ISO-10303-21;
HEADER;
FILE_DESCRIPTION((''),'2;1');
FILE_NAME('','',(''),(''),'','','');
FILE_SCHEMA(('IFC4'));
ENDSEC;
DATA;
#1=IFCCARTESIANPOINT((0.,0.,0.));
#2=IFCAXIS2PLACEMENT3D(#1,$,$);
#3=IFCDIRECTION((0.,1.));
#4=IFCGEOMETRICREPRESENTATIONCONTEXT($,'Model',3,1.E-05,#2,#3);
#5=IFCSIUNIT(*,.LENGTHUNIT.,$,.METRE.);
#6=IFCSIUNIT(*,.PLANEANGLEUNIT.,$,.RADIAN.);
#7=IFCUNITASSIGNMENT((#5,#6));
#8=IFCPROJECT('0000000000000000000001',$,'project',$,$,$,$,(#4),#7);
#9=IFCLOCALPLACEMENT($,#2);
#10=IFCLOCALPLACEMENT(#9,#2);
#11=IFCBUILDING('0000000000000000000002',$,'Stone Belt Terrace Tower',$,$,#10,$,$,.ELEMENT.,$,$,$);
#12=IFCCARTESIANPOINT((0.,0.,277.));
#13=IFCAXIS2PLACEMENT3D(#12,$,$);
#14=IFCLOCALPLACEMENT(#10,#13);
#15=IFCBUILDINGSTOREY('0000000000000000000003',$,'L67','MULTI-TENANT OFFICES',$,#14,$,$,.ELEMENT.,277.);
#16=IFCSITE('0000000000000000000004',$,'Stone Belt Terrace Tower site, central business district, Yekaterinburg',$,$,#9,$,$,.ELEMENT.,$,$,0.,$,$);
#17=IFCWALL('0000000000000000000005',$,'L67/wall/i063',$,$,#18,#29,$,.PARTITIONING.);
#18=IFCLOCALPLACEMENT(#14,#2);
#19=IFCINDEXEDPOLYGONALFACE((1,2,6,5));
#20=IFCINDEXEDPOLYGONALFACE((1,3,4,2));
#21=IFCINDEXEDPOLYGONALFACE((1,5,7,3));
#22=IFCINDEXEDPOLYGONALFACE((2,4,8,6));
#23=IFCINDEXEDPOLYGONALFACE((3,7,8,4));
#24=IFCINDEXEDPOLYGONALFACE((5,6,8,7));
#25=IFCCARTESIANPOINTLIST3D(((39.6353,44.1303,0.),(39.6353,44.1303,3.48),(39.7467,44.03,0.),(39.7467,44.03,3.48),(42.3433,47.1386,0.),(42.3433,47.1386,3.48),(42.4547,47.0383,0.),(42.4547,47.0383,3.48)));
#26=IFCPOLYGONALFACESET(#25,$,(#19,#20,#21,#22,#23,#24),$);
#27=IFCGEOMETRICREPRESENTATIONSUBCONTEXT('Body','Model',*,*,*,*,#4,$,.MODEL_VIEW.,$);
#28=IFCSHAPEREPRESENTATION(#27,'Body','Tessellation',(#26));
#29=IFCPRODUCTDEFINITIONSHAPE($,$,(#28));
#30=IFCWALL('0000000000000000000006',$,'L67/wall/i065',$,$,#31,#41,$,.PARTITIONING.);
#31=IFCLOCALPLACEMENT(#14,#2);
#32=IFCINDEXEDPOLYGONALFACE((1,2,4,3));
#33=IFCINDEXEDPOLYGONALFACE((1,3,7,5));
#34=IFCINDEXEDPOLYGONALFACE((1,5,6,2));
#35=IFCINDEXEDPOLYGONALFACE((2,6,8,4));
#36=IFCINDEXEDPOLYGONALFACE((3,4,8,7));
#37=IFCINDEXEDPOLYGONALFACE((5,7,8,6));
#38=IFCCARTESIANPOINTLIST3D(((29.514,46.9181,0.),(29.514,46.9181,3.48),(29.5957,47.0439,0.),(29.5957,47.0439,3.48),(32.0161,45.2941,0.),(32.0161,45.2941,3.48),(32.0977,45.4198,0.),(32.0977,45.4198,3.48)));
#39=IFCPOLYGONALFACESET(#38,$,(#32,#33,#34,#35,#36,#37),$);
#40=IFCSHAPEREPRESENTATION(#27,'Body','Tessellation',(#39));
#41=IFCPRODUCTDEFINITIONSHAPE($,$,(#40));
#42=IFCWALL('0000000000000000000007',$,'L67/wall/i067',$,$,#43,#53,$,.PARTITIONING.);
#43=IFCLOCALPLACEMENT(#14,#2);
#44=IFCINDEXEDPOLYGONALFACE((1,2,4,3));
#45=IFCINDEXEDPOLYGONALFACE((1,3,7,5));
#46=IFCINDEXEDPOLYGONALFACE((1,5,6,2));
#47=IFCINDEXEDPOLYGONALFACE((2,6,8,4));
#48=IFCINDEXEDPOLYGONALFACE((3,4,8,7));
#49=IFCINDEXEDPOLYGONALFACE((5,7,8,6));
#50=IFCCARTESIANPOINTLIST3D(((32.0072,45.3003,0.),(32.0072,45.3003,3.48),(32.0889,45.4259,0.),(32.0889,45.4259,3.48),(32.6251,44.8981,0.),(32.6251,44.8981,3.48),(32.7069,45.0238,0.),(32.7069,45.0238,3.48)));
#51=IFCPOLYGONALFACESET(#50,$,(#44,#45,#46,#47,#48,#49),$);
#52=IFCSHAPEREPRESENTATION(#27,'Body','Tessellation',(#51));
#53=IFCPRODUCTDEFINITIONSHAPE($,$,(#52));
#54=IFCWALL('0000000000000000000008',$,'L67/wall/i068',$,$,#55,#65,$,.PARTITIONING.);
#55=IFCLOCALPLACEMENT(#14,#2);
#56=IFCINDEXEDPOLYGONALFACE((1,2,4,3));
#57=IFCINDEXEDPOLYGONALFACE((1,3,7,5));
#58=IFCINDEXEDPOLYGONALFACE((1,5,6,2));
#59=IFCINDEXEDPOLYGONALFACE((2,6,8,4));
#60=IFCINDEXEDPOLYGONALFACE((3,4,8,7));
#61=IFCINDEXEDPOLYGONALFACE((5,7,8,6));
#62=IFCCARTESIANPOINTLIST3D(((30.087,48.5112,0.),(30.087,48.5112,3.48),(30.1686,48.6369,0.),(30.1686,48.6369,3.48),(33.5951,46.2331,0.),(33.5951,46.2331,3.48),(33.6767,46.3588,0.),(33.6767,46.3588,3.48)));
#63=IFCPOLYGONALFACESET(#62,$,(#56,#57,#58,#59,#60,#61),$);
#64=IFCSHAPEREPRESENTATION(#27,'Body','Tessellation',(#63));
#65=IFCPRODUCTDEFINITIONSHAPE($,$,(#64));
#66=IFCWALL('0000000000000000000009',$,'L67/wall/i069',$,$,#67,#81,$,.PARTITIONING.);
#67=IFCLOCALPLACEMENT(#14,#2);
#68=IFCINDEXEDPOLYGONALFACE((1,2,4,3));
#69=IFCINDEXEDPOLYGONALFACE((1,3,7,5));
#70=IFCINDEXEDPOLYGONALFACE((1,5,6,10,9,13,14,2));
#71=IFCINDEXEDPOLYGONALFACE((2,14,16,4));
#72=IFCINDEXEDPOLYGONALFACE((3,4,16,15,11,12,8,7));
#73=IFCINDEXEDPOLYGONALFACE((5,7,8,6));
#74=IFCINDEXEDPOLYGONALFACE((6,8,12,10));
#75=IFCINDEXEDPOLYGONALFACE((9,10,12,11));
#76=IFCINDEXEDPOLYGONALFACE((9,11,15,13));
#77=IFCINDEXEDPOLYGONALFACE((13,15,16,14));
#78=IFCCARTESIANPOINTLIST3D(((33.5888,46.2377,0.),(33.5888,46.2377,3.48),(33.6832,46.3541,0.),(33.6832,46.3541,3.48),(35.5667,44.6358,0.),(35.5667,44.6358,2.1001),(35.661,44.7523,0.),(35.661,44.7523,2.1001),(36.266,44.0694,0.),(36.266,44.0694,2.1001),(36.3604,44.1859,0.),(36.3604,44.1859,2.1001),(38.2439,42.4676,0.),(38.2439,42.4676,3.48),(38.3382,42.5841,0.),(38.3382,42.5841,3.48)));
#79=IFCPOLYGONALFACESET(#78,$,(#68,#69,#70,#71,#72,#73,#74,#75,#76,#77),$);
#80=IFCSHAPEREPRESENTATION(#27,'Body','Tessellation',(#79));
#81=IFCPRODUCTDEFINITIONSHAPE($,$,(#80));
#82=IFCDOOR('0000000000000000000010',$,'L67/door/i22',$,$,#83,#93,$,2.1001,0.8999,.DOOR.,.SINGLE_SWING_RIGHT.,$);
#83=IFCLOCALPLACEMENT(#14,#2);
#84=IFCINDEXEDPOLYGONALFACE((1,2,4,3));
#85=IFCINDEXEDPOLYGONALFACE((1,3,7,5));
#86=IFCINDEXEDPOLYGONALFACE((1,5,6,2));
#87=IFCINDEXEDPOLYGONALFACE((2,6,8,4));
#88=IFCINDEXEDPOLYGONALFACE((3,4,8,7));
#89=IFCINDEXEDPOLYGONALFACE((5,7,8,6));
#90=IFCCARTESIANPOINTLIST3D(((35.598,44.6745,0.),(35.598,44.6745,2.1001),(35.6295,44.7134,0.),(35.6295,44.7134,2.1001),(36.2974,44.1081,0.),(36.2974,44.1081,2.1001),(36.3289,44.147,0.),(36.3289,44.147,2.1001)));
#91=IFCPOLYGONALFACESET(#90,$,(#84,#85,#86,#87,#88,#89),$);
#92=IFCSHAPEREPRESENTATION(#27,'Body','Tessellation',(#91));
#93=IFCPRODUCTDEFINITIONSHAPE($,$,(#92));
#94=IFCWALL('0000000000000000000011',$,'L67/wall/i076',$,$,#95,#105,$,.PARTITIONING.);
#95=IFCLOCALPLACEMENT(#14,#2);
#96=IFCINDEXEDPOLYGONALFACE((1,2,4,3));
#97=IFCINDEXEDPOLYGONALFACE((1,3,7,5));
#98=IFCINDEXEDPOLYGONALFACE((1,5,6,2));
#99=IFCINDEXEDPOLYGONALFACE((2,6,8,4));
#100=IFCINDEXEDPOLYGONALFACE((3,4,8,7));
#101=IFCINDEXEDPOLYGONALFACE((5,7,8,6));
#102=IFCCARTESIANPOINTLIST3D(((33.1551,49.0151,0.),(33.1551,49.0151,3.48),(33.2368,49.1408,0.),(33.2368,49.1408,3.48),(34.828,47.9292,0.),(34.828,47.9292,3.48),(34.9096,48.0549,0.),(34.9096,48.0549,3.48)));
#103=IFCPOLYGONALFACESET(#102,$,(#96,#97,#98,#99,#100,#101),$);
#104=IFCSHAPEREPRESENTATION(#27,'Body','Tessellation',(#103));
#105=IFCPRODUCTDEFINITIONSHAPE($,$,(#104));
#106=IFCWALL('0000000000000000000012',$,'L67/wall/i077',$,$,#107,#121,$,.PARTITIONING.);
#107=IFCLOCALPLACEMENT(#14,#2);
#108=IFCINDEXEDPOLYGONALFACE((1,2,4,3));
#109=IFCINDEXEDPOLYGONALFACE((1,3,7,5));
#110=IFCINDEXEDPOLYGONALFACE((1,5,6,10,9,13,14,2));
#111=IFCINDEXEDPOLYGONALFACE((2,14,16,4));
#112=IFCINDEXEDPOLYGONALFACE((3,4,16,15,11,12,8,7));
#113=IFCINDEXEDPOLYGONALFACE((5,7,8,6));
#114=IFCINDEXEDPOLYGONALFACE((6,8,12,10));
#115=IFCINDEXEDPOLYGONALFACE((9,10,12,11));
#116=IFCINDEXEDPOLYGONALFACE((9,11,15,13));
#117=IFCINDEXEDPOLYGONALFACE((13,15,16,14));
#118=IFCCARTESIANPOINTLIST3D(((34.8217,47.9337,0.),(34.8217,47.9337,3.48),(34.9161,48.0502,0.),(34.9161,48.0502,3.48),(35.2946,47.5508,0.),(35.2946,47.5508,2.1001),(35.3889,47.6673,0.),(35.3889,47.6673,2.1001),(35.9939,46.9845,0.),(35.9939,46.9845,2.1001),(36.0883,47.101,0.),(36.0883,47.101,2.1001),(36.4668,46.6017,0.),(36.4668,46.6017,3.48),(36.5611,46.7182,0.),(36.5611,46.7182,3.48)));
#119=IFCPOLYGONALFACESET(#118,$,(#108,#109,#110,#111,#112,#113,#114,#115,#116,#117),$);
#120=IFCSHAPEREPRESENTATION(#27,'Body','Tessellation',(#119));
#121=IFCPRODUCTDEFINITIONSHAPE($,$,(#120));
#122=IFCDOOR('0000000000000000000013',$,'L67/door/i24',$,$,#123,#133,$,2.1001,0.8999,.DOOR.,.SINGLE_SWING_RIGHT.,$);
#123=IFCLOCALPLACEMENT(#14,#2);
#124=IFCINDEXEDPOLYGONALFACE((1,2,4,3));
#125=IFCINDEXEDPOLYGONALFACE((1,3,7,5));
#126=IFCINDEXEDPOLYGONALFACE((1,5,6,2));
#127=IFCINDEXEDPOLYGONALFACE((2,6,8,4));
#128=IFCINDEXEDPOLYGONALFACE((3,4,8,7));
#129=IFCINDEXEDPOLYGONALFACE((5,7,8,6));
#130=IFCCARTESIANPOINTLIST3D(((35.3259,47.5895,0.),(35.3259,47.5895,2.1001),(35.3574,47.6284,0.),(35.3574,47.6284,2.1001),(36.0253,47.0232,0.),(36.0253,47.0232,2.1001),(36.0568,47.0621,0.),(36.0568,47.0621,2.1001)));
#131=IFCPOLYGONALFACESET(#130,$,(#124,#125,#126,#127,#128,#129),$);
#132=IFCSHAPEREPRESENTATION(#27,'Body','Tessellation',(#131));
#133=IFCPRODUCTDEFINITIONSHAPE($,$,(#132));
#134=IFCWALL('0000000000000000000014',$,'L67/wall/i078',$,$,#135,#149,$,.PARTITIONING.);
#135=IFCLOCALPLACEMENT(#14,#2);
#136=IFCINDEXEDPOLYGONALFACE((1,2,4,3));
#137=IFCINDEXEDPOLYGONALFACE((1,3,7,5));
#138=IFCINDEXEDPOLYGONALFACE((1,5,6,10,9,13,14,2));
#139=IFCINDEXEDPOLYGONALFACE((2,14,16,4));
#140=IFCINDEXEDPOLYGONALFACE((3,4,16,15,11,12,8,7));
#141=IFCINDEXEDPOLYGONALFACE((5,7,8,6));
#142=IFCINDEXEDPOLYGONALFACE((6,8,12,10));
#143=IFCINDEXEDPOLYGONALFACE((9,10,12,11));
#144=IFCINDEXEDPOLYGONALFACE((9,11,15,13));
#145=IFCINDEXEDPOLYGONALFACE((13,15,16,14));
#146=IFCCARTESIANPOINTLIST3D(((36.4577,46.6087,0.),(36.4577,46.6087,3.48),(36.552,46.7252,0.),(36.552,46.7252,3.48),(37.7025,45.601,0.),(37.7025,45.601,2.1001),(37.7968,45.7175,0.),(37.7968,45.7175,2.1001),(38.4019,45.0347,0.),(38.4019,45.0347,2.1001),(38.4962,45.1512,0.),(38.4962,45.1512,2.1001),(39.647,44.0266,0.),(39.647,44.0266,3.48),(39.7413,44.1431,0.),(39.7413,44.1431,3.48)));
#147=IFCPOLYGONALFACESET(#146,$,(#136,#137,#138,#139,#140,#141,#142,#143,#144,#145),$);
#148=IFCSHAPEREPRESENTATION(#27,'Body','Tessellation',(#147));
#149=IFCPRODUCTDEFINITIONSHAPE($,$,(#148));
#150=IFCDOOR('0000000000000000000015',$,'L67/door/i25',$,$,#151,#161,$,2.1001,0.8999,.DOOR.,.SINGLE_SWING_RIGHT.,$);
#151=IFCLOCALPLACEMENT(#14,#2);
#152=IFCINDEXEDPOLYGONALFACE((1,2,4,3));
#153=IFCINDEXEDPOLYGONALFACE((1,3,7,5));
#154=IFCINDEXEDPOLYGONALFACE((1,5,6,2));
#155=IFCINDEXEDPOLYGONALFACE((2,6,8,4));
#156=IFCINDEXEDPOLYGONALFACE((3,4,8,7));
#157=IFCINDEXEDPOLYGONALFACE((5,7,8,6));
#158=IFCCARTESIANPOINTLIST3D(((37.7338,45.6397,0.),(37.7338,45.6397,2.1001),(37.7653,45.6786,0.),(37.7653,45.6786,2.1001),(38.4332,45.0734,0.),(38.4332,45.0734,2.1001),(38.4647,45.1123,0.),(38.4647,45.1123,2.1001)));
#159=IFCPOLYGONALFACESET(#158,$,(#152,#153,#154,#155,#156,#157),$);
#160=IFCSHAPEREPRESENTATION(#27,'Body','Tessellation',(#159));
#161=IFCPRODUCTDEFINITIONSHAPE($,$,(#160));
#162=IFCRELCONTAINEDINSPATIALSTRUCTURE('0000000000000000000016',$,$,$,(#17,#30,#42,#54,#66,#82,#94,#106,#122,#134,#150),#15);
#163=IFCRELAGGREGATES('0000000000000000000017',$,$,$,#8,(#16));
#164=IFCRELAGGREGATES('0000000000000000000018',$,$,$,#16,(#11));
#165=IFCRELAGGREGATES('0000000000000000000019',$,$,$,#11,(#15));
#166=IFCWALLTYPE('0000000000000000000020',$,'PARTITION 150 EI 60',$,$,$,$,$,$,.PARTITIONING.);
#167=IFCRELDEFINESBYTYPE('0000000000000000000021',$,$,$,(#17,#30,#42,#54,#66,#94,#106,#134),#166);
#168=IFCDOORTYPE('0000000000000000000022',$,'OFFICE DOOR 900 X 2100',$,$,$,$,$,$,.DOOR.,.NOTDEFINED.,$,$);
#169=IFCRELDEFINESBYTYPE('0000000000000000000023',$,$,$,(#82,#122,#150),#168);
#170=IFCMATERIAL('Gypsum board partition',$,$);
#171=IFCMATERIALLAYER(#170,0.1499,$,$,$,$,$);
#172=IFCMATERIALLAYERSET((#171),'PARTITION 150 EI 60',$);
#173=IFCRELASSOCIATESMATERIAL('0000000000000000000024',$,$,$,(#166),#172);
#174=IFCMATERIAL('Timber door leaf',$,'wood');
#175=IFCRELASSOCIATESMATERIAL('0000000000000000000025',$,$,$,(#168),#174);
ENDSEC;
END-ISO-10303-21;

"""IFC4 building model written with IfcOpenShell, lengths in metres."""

from ifc_helpers import new_model, si_unit, direction, frame, frame_2d, origin, place, context, subcontext, project, spatial, rectangle, extrude, material, layer, layer_set, type_object, element, fill, save


model = new_model("IFC4")

# Units and contexts
model_context = context("Model", 3, precision=1e-05, world=origin(), true_north=direction((0.0, 1.0)))
body_context = subcontext(model_context, "Body", "Model", "MODEL_VIEW")
ifc_project = project(units=[si_unit("LENGTHUNIT", "METRE"), si_unit("PLANEANGLEUNIT", "RADIAN")], contexts=[model_context])

# Site, building, storey
site_placement = place(None, origin())
site = spatial("IfcSite", under=ifc_project, at=site_placement, Name="Stone Belt Terrace Tower site, central business district, Yekaterinburg", CompositionType="ELEMENT", RefElevation=0.0)
building_placement = place(site_placement, origin())
building = spatial("IfcBuilding", under=site, at=building_placement, Name="Stone Belt Terrace Tower", CompositionType="ELEMENT")
storey_placement = place(building_placement, frame((0.0, 0.0, 277.0)))
storey = spatial("IfcBuildingStorey", under=building, at=storey_placement, Name="L67", Description="MULTI-TENANT OFFICES", CompositionType="ELEMENT", Elevation=277.0)

# Shared definitions
ifc_material_1 = material(Name="Timber door leaf", Category="wood")

# Walls
ifc_material_2 = material(Name="Gypsum board partition")
ifc_layer_1 = layer(ifc_material_2, 0.1499)
ifc_layer_set_1 = layer_set([ifc_layer_1], Name="PARTITION 150 EI 60")
wall_type_1 = type_object("IfcWallType", Name="PARTITION 150 EI 60", PredefinedType="PARTITIONING", material=ifc_layer_set_1)
wall_1_placement = place(storey_placement, frame((39.6909, 44.0801, 0.0), z_axis=(0.0, 0.0, 1.0), x_axis=(0.669038, 0.743228, 0.0)))
element("IfcWall", 1, at=wall_1_placement, inside=storey, type_object=wall_type_1, Name="L67/wall/i063", PredefinedType="PARTITIONING", context=body_context, shape_type="SweptSolid", body=[
    extrude(rectangle(XDim=4.0476, YDim=0.1499, at=frame_2d((2.0239, 0.0))), origin(), (0.0, 0.0, 1.0), 3.48),
])
wall_2_placement = place(storey_placement, frame((32.0569, 45.3569, 0.0), z_axis=(0.0, 0.0, 1.0), x_axis=(-0.838788, 0.544459, 0.0)))
element("IfcWall", 2, at=wall_2_placement, inside=storey, type_object=wall_type_1, Name="L67/wall/i065", PredefinedType="PARTITIONING", context=body_context, shape_type="SweptSolid", body=[
    extrude(rectangle(XDim=2.9829, YDim=0.1499, at=frame_2d((1.4915, 0.0))), origin(), (0.0, 0.0, 1.0), 3.48),
])
wall_3_placement = place(storey_placement, frame((32.666, 44.9609, 0.0), z_axis=(0.0, 0.0, 1.0), x_axis=(-0.838164, 0.545419, 0.0)))
element("IfcWall", 3, at=wall_3_placement, inside=storey, type_object=wall_type_1, Name="L67/wall/i067", PredefinedType="PARTITIONING", context=body_context, shape_type="SweptSolid", body=[
    extrude(rectangle(XDim=0.7373, YDim=0.1499, at=frame_2d((0.3687, 0.0))), origin(), (0.0, 0.0, 1.0), 3.48),
])
wall_4_placement = place(storey_placement, frame((30.1279, 48.574, 0.0), z_axis=(0.0, 0.0, 1.0), x_axis=(0.83868, -0.544625, 0.0)))
element("IfcWall", 4, at=wall_4_placement, inside=storey, type_object=wall_type_1, Name="L67/wall/i068", PredefinedType="PARTITIONING", context=body_context, shape_type="SweptSolid", body=[
    extrude(rectangle(XDim=4.1829, YDim=0.1499, at=frame_2d((2.0913, 0.0))), origin(), (0.0, 0.0, 1.0), 3.48),
])

# Wall, opening, door
wall_5_placement = place(storey_placement, frame((33.636, 46.2959, 0.0), z_axis=(0.0, 0.0, 1.0), x_axis=(0.777109, -0.629366, 0.0)))
wall_5 = element("IfcWall", 5, at=wall_5_placement, inside=storey, type_object=wall_type_1, Name="L67/wall/i069", PredefinedType="PARTITIONING", context=body_context, shape_type="SweptSolid", body=[
    extrude(rectangle(XDim=5.9902, YDim=0.1499, at=frame_2d((2.9951, 0.0))), origin(), (0.0, 0.0, 1.0), 3.48),
])
opening_1_placement = place(wall_5_placement, frame((2.5452, 0.0, 0.0)))
opening_1 = element("IfcOpeningElement", 6, at=opening_1_placement, cuts=wall_5, PredefinedType="OPENING", context=body_context, shape_type="SweptSolid", body=[
    extrude(rectangle(XDim=0.8999, YDim=2.1001, at=frame_2d((0.45, 1.05))), frame((0.0, 0.085, 0.0), z_axis=(0.0, -1.0, 0.0), x_axis=(1.0, 0.0, 0.0)), (0.0, 0.0, 1.0), 0.1699),
])
door_type_1 = type_object("IfcDoorType", Name="OFFICE DOOR 900 X 2100", OperationType="NOTDEFINED", PredefinedType="DOOR", material=ifc_material_1)
door_1_placement = place(opening_1_placement, origin())
door_1 = element("IfcDoor", 7, at=door_1_placement, inside=storey, type_object=door_type_1, Name="L67/door/i22", OperationType="SINGLE_SWING_RIGHT", OverallHeight=2.1001, OverallWidth=0.8999, PredefinedType="DOOR", context=body_context, shape_type="SweptSolid", body=[
    extrude(rectangle(XDim=0.8999, YDim=2.1001, at=frame_2d((0.45, 1.05))), frame((0.0, 0.0249, 0.0), z_axis=(0.0, -1.0, 0.0), x_axis=(1.0, 0.0, 0.0)), (0.0, 0.0, 1.0), 0.05),
])
fill(opening_1, door_1)

# Wall
wall_6_placement = place(storey_placement, frame((33.196, 49.0779, 0.0), z_axis=(0.0, 0.0, 1.0), x_axis=(0.838768, -0.544489, 0.0)))
element("IfcWall", 8, at=wall_6_placement, inside=storey, type_object=wall_type_1, Name="L67/wall/i076", PredefinedType="PARTITIONING", context=body_context, shape_type="SweptSolid", body=[
    extrude(rectangle(XDim=1.9944, YDim=0.1499, at=frame_2d((0.9971, 0.0))), origin(), (0.0, 0.0, 1.0), 3.48),
])

# Walls, openings, doors
wall_7_placement = place(storey_placement, frame((34.8689, 47.9919, 0.0), z_axis=(0.0, 0.0, 1.0), x_axis=(0.777164, -0.629298, 0.0)))
wall_7 = element("IfcWall", 9, at=wall_7_placement, inside=storey, type_object=wall_type_1, Name="L67/wall/i077", PredefinedType="PARTITIONING", context=body_context, shape_type="SweptSolid", body=[
    extrude(rectangle(XDim=2.1167, YDim=0.1499, at=frame_2d((1.0583, 0.0))), origin(), (0.0, 0.0, 1.0), 3.48),
])
opening_2_placement = place(wall_7_placement, frame((0.6084, 0.0, 0.0)))
opening_2 = element("IfcOpeningElement", 10, at=opening_2_placement, cuts=wall_7, PredefinedType="OPENING", context=body_context, shape_type="SweptSolid", body=[
    extrude(rectangle(XDim=0.8999, YDim=2.1001, at=frame_2d((0.45, 1.05))), frame((0.0, 0.085, 0.0), z_axis=(0.0, -1.0, 0.0), x_axis=(1.0, 0.0, 0.0)), (0.0, 0.0, 1.0), 0.1699),
])
door_2_placement = place(opening_2_placement, origin())
door_2 = element("IfcDoor", 11, at=door_2_placement, inside=storey, type_object=door_type_1, Name="L67/door/i24", OperationType="SINGLE_SWING_RIGHT", OverallHeight=2.1001, OverallWidth=0.8999, PredefinedType="DOOR", context=body_context, shape_type="SweptSolid", body=[
    extrude(rectangle(XDim=0.8999, YDim=2.1001, at=frame_2d((0.45, 1.05))), frame((0.0, 0.0249, 0.0), z_axis=(0.0, -1.0, 0.0), x_axis=(1.0, 0.0, 0.0)), (0.0, 0.0, 1.0), 0.05),
])
fill(opening_2, door_2)
wall_8_placement = place(storey_placement, frame((36.5049, 46.667, 0.0), z_axis=(0.0, 0.0, 1.0), x_axis=(0.77721, -0.629241, 0.0)))
wall_8 = element("IfcWall", 12, at=wall_8_placement, inside=storey, type_object=wall_type_1, Name="L67/wall/i078", PredefinedType="PARTITIONING", context=body_context, shape_type="SweptSolid", body=[
    extrude(rectangle(XDim=4.1035, YDim=0.1499, at=frame_2d((2.0518, 0.0))), origin(), (0.0, 0.0, 1.0), 3.48),
])
opening_3_placement = place(wall_8_placement, frame((1.6016, 0.0, 0.0)))
opening_3 = element("IfcOpeningElement", 13, at=opening_3_placement, cuts=wall_8, PredefinedType="OPENING", context=body_context, shape_type="SweptSolid", body=[
    extrude(rectangle(XDim=0.8999, YDim=2.1001, at=frame_2d((0.45, 1.05))), frame((0.0, 0.085, 0.0), z_axis=(0.0, -1.0, 0.0), x_axis=(1.0, 0.0, 0.0)), (0.0, 0.0, 1.0), 0.1699),
])
door_3_placement = place(opening_3_placement, origin())
door_3 = element("IfcDoor", 14, at=door_3_placement, inside=storey, type_object=door_type_1, Name="L67/door/i25", OperationType="SINGLE_SWING_RIGHT", OverallHeight=2.1001, OverallWidth=0.8999, PredefinedType="DOOR", context=body_context, shape_type="SweptSolid", body=[
    extrude(rectangle(XDim=0.8999, YDim=2.1001, at=frame_2d((0.45, 1.05))), frame((0.0, 0.0249, 0.0), z_axis=(0.0, -1.0, 0.0), x_axis=(1.0, 0.0, 0.0)), (0.0, 0.0, 1.0), 0.05),
])
fill(opening_3, door_3)

save(model, "model.ifc")
